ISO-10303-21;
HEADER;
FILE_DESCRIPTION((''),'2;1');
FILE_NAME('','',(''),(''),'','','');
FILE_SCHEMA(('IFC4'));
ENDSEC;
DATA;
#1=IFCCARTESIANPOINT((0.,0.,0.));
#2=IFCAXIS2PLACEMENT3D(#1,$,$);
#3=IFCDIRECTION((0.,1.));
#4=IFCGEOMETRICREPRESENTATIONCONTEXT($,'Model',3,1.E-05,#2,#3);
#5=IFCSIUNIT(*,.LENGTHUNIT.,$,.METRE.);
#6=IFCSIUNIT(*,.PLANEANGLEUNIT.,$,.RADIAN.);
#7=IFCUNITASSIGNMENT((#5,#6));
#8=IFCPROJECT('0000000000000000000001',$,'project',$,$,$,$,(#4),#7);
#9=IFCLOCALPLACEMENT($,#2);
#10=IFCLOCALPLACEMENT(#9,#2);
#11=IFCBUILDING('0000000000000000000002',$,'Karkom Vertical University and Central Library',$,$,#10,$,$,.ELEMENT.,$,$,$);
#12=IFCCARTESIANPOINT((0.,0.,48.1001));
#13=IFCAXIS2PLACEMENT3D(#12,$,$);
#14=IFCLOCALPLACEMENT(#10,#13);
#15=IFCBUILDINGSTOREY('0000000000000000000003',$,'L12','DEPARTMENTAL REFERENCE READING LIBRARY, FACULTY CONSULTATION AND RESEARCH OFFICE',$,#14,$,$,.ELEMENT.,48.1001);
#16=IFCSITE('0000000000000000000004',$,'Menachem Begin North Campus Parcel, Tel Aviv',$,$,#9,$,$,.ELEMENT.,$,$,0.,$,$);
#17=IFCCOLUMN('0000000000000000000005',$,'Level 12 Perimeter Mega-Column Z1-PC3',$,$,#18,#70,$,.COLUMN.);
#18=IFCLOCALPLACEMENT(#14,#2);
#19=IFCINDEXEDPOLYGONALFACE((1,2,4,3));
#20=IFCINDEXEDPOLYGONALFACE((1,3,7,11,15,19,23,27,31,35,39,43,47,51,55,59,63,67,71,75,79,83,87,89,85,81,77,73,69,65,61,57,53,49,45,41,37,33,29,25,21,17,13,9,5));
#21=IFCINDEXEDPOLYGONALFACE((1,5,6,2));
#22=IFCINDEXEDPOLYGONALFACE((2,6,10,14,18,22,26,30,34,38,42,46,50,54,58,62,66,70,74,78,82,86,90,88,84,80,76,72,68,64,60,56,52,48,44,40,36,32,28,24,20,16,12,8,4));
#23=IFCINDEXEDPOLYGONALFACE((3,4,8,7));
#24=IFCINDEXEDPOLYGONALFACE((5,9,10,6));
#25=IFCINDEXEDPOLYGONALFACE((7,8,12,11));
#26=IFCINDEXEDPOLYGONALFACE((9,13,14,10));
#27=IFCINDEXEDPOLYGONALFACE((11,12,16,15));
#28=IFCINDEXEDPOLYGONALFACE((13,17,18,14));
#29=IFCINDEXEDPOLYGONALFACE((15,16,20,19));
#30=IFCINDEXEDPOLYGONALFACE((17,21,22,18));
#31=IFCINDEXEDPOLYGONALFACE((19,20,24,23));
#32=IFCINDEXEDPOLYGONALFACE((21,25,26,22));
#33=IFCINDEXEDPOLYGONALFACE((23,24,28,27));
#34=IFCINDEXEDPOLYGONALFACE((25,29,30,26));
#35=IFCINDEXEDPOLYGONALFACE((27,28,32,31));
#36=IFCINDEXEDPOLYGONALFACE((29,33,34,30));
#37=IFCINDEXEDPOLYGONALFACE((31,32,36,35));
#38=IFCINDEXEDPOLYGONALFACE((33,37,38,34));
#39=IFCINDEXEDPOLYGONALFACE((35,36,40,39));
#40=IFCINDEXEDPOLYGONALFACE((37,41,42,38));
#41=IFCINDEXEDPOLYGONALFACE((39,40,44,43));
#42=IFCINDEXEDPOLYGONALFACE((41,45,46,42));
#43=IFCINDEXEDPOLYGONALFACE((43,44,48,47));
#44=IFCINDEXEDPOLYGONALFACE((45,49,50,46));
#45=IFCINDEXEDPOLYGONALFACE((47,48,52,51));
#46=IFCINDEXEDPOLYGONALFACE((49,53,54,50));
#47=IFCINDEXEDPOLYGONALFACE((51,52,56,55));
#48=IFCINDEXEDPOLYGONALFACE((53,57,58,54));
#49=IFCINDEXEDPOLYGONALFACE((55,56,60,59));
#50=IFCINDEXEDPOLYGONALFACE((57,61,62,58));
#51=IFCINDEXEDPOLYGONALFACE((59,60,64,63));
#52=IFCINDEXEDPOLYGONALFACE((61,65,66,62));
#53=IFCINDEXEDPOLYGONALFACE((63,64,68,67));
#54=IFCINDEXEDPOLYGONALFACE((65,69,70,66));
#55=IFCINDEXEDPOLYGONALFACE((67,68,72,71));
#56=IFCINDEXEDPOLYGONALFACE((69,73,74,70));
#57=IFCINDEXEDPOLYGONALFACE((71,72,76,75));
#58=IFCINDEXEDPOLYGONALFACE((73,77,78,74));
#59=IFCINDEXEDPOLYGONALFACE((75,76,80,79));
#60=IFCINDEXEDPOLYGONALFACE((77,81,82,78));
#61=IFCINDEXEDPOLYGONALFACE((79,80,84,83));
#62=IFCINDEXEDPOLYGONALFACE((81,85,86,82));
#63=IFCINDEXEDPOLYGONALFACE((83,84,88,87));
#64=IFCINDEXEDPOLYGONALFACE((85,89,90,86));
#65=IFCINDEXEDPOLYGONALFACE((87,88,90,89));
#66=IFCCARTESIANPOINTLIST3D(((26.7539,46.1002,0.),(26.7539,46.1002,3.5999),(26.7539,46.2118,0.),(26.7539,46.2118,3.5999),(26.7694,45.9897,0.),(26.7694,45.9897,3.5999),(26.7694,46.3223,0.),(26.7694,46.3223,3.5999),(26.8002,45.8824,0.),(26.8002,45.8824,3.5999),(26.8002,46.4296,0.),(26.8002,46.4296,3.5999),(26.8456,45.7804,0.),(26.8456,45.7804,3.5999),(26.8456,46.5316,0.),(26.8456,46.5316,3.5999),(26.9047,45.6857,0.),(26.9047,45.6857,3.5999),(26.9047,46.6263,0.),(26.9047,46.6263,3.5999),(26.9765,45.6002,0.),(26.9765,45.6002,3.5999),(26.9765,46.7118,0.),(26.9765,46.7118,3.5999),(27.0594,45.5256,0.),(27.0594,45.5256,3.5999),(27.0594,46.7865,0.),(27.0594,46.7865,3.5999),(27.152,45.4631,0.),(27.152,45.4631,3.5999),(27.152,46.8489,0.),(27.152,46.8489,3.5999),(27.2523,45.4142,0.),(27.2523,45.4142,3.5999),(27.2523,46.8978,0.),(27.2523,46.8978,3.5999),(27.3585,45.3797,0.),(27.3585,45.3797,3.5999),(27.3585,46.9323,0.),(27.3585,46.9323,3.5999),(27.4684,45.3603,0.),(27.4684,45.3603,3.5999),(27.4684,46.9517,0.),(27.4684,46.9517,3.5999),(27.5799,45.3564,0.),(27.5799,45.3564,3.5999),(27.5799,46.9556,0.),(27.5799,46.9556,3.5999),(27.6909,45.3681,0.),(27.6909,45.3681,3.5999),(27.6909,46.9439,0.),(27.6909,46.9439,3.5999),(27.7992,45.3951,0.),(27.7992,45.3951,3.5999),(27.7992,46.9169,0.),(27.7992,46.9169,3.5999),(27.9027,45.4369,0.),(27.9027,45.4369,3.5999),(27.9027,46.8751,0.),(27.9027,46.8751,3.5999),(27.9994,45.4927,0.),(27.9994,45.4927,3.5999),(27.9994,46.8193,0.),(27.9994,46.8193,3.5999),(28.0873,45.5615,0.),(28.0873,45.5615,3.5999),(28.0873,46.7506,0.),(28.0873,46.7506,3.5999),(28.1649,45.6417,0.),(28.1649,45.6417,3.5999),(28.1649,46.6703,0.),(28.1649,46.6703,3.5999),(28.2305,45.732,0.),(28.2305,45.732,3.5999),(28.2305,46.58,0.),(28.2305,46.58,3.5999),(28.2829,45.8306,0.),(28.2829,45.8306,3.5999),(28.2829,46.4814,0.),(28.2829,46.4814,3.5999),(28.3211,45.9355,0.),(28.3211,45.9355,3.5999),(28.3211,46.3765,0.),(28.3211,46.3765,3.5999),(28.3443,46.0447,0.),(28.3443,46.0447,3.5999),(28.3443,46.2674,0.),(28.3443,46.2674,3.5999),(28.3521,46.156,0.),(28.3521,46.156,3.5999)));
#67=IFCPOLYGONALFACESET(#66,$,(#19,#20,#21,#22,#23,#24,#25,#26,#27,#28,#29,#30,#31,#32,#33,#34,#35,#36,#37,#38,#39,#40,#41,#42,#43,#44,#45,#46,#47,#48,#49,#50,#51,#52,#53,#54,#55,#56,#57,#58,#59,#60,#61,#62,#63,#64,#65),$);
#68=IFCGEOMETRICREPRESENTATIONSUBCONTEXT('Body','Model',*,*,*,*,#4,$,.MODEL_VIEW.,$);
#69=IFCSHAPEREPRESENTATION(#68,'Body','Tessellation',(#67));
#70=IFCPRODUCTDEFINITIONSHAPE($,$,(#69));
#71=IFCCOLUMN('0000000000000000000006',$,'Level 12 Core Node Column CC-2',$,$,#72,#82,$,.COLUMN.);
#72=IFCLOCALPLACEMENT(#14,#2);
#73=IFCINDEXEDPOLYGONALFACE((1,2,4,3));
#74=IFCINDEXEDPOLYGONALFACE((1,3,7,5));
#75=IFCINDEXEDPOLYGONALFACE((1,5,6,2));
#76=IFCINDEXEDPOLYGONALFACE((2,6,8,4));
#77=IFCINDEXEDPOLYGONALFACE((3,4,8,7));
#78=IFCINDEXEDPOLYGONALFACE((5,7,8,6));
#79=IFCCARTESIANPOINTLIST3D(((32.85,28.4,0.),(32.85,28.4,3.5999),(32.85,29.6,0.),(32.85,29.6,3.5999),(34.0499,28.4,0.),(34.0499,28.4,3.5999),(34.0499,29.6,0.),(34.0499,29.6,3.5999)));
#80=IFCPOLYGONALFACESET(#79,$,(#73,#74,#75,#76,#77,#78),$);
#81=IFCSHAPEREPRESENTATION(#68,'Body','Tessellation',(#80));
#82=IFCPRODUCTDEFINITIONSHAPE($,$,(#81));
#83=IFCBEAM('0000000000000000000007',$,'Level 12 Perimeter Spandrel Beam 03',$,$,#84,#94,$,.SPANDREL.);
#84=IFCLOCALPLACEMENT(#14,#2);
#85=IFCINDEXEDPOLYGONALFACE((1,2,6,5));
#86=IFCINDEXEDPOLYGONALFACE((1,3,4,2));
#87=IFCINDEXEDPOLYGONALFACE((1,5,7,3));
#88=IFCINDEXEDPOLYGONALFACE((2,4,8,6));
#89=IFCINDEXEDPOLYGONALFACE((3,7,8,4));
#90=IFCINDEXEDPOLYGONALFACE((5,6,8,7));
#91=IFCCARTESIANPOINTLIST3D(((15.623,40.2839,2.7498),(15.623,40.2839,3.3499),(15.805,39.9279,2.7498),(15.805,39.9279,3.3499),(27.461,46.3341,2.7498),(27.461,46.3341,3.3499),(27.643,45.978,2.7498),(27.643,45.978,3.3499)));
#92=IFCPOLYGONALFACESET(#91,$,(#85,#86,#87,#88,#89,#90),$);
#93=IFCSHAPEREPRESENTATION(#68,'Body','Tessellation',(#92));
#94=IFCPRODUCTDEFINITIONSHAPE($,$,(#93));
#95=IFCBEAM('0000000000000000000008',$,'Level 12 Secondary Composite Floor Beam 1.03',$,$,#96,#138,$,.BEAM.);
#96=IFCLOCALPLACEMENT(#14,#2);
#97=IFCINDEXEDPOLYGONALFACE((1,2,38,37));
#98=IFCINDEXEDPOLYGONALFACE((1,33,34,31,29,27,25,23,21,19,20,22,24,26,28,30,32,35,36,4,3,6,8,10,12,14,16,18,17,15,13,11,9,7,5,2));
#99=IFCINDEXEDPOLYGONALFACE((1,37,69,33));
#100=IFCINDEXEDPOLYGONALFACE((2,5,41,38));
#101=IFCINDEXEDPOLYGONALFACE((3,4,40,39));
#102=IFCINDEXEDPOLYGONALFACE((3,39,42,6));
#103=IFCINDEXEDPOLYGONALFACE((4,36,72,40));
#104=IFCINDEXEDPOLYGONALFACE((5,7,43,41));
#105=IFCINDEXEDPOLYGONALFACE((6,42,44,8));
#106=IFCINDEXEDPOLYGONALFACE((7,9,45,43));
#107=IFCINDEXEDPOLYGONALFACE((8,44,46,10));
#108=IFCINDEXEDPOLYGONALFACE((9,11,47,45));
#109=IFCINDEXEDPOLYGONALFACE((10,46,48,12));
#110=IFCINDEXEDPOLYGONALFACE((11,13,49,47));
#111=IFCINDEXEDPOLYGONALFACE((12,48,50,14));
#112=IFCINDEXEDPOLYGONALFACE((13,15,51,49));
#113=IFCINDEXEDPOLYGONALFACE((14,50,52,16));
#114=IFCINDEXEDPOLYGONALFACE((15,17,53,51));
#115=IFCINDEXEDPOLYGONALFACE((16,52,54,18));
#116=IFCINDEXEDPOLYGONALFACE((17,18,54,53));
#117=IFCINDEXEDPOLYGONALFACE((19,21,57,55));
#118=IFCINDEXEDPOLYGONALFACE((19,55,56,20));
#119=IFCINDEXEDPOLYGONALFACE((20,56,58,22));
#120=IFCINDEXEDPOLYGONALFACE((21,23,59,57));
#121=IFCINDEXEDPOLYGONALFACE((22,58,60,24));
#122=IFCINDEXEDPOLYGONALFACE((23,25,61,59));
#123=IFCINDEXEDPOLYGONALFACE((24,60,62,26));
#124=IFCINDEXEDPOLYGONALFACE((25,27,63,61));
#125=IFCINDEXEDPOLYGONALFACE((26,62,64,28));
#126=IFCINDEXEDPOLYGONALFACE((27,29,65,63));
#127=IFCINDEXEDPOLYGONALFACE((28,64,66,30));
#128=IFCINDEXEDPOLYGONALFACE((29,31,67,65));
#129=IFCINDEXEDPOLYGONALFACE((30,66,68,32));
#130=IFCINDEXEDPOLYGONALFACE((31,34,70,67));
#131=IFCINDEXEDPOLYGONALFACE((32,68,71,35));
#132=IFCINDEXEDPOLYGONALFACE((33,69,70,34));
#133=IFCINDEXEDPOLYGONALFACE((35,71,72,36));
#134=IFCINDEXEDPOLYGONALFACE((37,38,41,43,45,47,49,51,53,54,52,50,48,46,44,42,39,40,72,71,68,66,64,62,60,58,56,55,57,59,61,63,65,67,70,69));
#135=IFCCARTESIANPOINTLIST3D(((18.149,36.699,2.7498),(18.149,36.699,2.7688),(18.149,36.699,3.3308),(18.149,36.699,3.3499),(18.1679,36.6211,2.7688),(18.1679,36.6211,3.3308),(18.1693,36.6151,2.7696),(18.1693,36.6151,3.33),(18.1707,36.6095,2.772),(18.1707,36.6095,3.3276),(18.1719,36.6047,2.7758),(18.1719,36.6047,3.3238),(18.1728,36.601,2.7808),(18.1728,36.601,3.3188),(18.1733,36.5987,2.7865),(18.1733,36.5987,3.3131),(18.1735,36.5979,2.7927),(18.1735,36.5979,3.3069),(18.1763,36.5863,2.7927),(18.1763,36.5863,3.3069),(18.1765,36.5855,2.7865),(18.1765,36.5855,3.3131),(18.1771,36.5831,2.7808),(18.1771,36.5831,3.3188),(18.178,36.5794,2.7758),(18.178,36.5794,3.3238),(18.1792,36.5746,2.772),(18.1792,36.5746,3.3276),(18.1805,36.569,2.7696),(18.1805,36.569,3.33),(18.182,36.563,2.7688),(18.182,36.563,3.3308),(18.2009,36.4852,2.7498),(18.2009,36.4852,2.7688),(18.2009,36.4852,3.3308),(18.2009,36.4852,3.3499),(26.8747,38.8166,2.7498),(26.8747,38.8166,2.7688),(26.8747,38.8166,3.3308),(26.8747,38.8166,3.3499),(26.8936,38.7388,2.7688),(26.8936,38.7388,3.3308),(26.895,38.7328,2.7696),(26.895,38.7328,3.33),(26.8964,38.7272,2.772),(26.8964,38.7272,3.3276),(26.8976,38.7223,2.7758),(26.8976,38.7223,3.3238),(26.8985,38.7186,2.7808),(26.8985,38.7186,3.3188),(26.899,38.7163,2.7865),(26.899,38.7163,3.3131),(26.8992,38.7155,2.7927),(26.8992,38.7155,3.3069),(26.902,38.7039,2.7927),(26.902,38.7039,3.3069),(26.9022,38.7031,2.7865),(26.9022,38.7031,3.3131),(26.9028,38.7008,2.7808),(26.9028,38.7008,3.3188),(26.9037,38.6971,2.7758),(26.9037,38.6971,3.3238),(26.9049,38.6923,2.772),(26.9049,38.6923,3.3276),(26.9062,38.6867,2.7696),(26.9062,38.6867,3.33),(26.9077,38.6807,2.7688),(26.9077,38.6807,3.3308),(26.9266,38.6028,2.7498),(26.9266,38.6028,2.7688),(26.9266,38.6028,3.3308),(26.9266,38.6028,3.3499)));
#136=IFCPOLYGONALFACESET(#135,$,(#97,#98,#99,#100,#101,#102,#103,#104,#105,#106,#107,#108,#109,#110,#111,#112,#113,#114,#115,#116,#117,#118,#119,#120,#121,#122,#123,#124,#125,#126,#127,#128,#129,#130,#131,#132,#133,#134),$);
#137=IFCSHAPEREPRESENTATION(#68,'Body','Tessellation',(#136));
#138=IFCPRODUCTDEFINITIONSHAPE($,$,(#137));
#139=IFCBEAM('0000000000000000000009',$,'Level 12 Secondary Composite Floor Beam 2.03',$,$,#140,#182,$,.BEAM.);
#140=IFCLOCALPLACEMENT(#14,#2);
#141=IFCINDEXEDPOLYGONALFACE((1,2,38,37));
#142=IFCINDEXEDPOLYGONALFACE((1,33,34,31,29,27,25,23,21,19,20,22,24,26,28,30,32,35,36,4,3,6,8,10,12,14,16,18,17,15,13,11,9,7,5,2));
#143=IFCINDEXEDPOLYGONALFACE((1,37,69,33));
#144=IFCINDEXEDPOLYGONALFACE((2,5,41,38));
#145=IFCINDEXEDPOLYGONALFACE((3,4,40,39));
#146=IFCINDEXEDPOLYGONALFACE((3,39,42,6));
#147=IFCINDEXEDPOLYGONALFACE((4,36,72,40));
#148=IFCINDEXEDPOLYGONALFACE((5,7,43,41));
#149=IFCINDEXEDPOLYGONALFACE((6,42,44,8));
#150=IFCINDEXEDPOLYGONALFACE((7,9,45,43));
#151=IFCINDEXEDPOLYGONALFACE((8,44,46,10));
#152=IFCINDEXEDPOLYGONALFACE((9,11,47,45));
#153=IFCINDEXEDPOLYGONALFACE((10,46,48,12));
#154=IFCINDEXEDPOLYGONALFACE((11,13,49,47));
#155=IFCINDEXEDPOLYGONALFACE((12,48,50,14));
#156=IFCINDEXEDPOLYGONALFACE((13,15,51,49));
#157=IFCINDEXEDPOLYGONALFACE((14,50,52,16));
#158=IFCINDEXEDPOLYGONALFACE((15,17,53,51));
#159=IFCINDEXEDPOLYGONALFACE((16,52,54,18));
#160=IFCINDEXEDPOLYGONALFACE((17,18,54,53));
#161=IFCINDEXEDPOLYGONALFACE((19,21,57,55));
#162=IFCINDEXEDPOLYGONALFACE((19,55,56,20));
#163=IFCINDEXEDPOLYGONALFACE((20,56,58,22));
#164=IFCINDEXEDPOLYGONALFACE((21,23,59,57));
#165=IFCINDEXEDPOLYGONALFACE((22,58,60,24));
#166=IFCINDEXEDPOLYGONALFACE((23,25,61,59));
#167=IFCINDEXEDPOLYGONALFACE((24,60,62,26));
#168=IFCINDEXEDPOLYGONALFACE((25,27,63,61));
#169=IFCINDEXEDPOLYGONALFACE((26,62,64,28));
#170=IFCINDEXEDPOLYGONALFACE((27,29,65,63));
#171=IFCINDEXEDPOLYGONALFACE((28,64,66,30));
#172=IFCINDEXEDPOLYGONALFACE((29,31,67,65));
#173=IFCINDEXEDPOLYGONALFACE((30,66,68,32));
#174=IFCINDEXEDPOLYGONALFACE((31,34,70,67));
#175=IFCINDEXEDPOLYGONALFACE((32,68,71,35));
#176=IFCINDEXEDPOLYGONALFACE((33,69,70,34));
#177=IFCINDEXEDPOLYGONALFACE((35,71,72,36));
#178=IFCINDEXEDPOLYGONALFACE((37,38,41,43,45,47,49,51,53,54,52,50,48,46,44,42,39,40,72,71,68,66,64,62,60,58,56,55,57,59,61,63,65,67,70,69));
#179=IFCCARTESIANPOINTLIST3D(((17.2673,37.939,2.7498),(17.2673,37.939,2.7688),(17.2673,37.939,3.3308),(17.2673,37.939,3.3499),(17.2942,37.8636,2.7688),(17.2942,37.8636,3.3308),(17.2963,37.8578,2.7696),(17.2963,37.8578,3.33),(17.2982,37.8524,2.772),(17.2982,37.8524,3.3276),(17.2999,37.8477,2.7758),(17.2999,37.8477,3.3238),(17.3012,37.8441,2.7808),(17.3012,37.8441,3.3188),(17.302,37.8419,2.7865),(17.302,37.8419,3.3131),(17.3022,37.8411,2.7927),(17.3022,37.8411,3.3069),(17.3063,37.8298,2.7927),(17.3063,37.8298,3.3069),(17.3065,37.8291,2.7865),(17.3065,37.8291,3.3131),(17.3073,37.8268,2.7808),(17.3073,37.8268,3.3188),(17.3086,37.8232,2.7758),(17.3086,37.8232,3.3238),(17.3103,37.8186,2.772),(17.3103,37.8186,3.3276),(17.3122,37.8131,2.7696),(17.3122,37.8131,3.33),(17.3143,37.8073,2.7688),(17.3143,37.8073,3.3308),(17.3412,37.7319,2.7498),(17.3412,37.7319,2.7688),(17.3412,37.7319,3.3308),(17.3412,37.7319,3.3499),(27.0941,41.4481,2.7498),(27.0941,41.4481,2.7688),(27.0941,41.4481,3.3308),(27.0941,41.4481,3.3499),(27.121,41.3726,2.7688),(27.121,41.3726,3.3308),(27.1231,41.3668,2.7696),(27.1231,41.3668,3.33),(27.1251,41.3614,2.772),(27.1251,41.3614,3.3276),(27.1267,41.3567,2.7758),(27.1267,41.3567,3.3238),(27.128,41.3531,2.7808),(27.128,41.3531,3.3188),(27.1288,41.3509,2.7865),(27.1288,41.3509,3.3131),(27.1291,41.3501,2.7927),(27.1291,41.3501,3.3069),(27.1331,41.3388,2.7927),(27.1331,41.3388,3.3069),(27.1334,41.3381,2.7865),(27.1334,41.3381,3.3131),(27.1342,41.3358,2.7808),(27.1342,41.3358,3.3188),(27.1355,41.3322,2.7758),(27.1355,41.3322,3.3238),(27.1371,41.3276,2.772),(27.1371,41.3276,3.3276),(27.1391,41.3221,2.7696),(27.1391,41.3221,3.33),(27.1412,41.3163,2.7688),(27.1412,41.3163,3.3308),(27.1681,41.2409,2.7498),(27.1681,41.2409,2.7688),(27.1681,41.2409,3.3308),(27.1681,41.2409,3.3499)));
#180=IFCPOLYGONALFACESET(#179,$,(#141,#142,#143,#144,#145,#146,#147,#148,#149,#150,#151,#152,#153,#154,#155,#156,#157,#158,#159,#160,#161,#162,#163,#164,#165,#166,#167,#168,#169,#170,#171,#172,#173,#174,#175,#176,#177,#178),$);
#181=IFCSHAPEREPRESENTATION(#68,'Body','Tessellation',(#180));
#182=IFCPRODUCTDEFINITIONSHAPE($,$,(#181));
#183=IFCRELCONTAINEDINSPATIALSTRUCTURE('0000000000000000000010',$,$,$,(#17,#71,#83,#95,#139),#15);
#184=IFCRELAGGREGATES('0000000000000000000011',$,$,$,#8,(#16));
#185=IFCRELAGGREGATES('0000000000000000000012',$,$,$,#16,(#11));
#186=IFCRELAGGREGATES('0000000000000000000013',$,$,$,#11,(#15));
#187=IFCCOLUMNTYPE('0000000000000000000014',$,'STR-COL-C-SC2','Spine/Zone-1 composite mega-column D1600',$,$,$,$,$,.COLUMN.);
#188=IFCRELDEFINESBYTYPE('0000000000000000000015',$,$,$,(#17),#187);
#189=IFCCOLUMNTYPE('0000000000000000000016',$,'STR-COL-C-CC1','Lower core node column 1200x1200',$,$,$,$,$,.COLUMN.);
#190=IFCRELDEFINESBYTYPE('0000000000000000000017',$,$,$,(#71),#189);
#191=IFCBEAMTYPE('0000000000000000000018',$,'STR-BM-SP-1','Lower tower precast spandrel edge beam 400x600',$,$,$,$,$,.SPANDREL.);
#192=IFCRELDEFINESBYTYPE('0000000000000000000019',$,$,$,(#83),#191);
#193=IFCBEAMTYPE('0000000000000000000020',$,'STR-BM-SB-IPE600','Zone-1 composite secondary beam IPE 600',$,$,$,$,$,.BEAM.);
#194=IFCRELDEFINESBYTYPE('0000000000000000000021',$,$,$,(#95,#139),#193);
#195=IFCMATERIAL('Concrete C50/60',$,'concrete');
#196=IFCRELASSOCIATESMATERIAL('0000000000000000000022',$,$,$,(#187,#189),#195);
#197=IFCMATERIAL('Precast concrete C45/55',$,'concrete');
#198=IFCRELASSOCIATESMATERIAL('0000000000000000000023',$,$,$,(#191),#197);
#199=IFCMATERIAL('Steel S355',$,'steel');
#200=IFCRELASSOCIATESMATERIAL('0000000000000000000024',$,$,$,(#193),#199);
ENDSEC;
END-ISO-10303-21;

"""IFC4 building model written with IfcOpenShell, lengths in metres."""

from ifc_helpers import new_model, si_unit, direction, frame, origin, origin_with_axes, origin_2d, place, context, subcontext, project, spatial, rectangle, circle, i_section, extrude, source, transform, mapped, material, material_profile, profile_set, type_object, element, save


model = new_model("IFC4")

# Units and contexts
model_context = context("Model", 3, precision=1e-05, world=origin(), true_north=direction((0.0, 1.0)))
body_context = subcontext(model_context, "Body", "Model", "MODEL_VIEW")
ifc_project = project(units=[si_unit("LENGTHUNIT", "METRE"), si_unit("PLANEANGLEUNIT", "RADIAN")], contexts=[model_context])

# Site, building, storey
site_placement = place(None, origin())
site = spatial("IfcSite", under=ifc_project, at=site_placement, Name="Menachem Begin North Campus Parcel, Tel Aviv", CompositionType="ELEMENT", RefElevation=0.0)
building_placement = place(site_placement, origin())
building = spatial("IfcBuilding", under=site, at=building_placement, Name="Karkom Vertical University and Central Library", CompositionType="ELEMENT")
storey_placement = place(building_placement, frame((0.0, 0.0, 48.1001)))
storey = spatial("IfcBuildingStorey", under=building, at=storey_placement, Name="L12", Description="DEPARTMENTAL REFERENCE READING LIBRARY, FACULTY CONSULTATION AND RESEARCH OFFICE", CompositionType="ELEMENT", Elevation=48.1001)

# Columns
ifc_material_1 = material(Name="Concrete C50/60", Category="concrete")
ifc_material_profile_1 = material_profile(ifc_material_1, circle(Radius=0.8, at=origin_2d()), Name="CFT-D1600")
ifc_profile_set_1 = profile_set([ifc_material_profile_1], Name="Concrete C50/60")
column_type_1 = type_object("IfcColumnType", Name="STR-COL-C-SC2", Description="Spine/Zone-1 composite mega-column D1600", PredefinedType="COLUMN", material=ifc_profile_set_1)
shared_shape_1 = source(origin_with_axes(), body_context, "Body", "SweptSolid", [
    extrude(circle(Radius=0.8, at=origin_2d()), origin(), (0.0, 0.0, 1.0), 3.5999),
])
column_1_placement = place(storey_placement, frame((27.552, 46.156, 0.0), z_axis=(0.0, 0.0, 1.0), x_axis=(1.0, 0.0, 0.0)))
element("IfcColumn", 1, at=column_1_placement, inside=storey, type_object=column_type_1, Name="Level 12 Perimeter Mega-Column Z1-PC3", PredefinedType="COLUMN", context=body_context, shape_type="MappedRepresentation", body=[
    mapped(shared_shape_1, transform((0.0, 0.0, 0.0), scale=1.0)),
])
ifc_material_profile_2 = material_profile(ifc_material_1, rectangle(XDim=1.2, YDim=1.2, at=origin_2d()), Name="RC-1200x1200")
ifc_profile_set_2 = profile_set([ifc_material_profile_2], Name="Concrete C50/60")
column_type_2 = type_object("IfcColumnType", Name="STR-COL-C-CC1", Description="Lower core node column 1200x1200", PredefinedType="COLUMN", material=ifc_profile_set_2)
shared_shape_2 = source(origin_with_axes(), body_context, "Body", "SweptSolid", [
    extrude(rectangle(XDim=1.2, YDim=1.2, at=origin_2d()), origin(), (0.0, 0.0, 1.0), 3.5999),
])
column_2_placement = place(storey_placement, frame((33.45, 29.0, 0.0), z_axis=(0.0, 0.0, 1.0), x_axis=(1.0, 0.0, 0.0)))
element("IfcColumn", 2, at=column_2_placement, inside=storey, type_object=column_type_2, Name="Level 12 Core Node Column CC-2", PredefinedType="COLUMN", context=body_context, shape_type="MappedRepresentation", body=[
    mapped(shared_shape_2, transform((0.0, 0.0, 0.0), scale=1.0)),
])

# Beams
ifc_material_2 = material(Name="Precast concrete C45/55", Category="concrete")
ifc_material_profile_3 = material_profile(ifc_material_2, rectangle(XDim=0.3999, YDim=0.6001, at=origin_2d()), Name="SPB-400x600")
ifc_profile_set_3 = profile_set([ifc_material_profile_3], Name="Precast concrete C45/55")
beam_type_1 = type_object("IfcBeamType", Name="STR-BM-SP-1", Description="Lower tower precast spandrel edge beam 400x600", PredefinedType="SPANDREL", material=ifc_profile_set_3)
shared_shape_3 = source(origin_with_axes(), body_context, "Body", "SweptSolid", [
    extrude(rectangle(XDim=0.3999, YDim=0.6001, at=origin_2d()), origin(), (0.0, 0.0, 1.0), 13.2944),
])
beam_1_placement = place(storey_placement, frame((27.552, 46.156, 3.0498), z_axis=(-0.890448, -0.455085, 0.0), x_axis=(0.455085, -0.890448, 0.0)))
element("IfcBeam", 3, at=beam_1_placement, inside=storey, type_object=beam_type_1, Name="Level 12 Perimeter Spandrel Beam 03", PredefinedType="SPANDREL", context=body_context, shape_type="MappedRepresentation", body=[
    mapped(shared_shape_3, transform((0.0, 0.0, 0.0), scale=1.0)),
])
ifc_material_3 = material(Name="Steel S355", Category="steel")
ifc_material_profile_4 = material_profile(ifc_material_3, i_section(OverallWidth=0.22, OverallDepth=0.6001, WebThickness=0.012, FlangeThickness=0.019, FilletRadius=0.0239, at=origin_2d()), Name="IPE 600")
ifc_profile_set_4 = profile_set([ifc_material_profile_4], Name="Steel S355")
beam_type_2 = type_object("IfcBeamType", Name="STR-BM-SB-IPE600", Description="Zone-1 composite secondary beam IPE 600", PredefinedType="BEAM", material=ifc_profile_set_4)
shared_shape_4 = source(origin_with_axes(), body_context, "Body", "SweptSolid", [
    extrude(i_section(OverallWidth=0.22, OverallDepth=0.6001, WebThickness=0.012, FlangeThickness=0.019, FilletRadius=0.0239, at=origin_2d()), origin(), (0.0, 0.0, 1.0), 8.979),
])
beam_2_placement = place(storey_placement, frame((26.9006, 38.7097, 3.0498), z_axis=(-0.971791, -0.235844, 0.0), x_axis=(0.235844, -0.971791, 0.0)))
element("IfcBeam", 4, at=beam_2_placement, inside=storey, type_object=beam_type_2, Name="Level 12 Secondary Composite Floor Beam 1.03", PredefinedType="BEAM", context=body_context, shape_type="MappedRepresentation", body=[
    mapped(shared_shape_4, transform((0.0, 0.0, 0.0), scale=1.0)),
])
shared_shape_5 = source(origin_with_axes(), body_context, "Body", "SweptSolid", [
    extrude(i_section(OverallWidth=0.22, OverallDepth=0.6001, WebThickness=0.012, FlangeThickness=0.019, FilletRadius=0.0239, at=origin_2d()), origin(), (0.0, 0.0, 1.0), 10.4346),
])
beam_3_placement = place(storey_placement, frame((27.1311, 41.3445, 3.0498), z_axis=(-0.941759, -0.336287, 0.0), x_axis=(0.336287, -0.941759, 0.0)))
element("IfcBeam", 5, at=beam_3_placement, inside=storey, type_object=beam_type_2, Name="Level 12 Secondary Composite Floor Beam 2.03", PredefinedType="BEAM", context=body_context, shape_type="MappedRepresentation", body=[
    mapped(shared_shape_5, transform((0.0, 0.0, 0.0), scale=1.0)),
])

save(model, "model.ifc")
